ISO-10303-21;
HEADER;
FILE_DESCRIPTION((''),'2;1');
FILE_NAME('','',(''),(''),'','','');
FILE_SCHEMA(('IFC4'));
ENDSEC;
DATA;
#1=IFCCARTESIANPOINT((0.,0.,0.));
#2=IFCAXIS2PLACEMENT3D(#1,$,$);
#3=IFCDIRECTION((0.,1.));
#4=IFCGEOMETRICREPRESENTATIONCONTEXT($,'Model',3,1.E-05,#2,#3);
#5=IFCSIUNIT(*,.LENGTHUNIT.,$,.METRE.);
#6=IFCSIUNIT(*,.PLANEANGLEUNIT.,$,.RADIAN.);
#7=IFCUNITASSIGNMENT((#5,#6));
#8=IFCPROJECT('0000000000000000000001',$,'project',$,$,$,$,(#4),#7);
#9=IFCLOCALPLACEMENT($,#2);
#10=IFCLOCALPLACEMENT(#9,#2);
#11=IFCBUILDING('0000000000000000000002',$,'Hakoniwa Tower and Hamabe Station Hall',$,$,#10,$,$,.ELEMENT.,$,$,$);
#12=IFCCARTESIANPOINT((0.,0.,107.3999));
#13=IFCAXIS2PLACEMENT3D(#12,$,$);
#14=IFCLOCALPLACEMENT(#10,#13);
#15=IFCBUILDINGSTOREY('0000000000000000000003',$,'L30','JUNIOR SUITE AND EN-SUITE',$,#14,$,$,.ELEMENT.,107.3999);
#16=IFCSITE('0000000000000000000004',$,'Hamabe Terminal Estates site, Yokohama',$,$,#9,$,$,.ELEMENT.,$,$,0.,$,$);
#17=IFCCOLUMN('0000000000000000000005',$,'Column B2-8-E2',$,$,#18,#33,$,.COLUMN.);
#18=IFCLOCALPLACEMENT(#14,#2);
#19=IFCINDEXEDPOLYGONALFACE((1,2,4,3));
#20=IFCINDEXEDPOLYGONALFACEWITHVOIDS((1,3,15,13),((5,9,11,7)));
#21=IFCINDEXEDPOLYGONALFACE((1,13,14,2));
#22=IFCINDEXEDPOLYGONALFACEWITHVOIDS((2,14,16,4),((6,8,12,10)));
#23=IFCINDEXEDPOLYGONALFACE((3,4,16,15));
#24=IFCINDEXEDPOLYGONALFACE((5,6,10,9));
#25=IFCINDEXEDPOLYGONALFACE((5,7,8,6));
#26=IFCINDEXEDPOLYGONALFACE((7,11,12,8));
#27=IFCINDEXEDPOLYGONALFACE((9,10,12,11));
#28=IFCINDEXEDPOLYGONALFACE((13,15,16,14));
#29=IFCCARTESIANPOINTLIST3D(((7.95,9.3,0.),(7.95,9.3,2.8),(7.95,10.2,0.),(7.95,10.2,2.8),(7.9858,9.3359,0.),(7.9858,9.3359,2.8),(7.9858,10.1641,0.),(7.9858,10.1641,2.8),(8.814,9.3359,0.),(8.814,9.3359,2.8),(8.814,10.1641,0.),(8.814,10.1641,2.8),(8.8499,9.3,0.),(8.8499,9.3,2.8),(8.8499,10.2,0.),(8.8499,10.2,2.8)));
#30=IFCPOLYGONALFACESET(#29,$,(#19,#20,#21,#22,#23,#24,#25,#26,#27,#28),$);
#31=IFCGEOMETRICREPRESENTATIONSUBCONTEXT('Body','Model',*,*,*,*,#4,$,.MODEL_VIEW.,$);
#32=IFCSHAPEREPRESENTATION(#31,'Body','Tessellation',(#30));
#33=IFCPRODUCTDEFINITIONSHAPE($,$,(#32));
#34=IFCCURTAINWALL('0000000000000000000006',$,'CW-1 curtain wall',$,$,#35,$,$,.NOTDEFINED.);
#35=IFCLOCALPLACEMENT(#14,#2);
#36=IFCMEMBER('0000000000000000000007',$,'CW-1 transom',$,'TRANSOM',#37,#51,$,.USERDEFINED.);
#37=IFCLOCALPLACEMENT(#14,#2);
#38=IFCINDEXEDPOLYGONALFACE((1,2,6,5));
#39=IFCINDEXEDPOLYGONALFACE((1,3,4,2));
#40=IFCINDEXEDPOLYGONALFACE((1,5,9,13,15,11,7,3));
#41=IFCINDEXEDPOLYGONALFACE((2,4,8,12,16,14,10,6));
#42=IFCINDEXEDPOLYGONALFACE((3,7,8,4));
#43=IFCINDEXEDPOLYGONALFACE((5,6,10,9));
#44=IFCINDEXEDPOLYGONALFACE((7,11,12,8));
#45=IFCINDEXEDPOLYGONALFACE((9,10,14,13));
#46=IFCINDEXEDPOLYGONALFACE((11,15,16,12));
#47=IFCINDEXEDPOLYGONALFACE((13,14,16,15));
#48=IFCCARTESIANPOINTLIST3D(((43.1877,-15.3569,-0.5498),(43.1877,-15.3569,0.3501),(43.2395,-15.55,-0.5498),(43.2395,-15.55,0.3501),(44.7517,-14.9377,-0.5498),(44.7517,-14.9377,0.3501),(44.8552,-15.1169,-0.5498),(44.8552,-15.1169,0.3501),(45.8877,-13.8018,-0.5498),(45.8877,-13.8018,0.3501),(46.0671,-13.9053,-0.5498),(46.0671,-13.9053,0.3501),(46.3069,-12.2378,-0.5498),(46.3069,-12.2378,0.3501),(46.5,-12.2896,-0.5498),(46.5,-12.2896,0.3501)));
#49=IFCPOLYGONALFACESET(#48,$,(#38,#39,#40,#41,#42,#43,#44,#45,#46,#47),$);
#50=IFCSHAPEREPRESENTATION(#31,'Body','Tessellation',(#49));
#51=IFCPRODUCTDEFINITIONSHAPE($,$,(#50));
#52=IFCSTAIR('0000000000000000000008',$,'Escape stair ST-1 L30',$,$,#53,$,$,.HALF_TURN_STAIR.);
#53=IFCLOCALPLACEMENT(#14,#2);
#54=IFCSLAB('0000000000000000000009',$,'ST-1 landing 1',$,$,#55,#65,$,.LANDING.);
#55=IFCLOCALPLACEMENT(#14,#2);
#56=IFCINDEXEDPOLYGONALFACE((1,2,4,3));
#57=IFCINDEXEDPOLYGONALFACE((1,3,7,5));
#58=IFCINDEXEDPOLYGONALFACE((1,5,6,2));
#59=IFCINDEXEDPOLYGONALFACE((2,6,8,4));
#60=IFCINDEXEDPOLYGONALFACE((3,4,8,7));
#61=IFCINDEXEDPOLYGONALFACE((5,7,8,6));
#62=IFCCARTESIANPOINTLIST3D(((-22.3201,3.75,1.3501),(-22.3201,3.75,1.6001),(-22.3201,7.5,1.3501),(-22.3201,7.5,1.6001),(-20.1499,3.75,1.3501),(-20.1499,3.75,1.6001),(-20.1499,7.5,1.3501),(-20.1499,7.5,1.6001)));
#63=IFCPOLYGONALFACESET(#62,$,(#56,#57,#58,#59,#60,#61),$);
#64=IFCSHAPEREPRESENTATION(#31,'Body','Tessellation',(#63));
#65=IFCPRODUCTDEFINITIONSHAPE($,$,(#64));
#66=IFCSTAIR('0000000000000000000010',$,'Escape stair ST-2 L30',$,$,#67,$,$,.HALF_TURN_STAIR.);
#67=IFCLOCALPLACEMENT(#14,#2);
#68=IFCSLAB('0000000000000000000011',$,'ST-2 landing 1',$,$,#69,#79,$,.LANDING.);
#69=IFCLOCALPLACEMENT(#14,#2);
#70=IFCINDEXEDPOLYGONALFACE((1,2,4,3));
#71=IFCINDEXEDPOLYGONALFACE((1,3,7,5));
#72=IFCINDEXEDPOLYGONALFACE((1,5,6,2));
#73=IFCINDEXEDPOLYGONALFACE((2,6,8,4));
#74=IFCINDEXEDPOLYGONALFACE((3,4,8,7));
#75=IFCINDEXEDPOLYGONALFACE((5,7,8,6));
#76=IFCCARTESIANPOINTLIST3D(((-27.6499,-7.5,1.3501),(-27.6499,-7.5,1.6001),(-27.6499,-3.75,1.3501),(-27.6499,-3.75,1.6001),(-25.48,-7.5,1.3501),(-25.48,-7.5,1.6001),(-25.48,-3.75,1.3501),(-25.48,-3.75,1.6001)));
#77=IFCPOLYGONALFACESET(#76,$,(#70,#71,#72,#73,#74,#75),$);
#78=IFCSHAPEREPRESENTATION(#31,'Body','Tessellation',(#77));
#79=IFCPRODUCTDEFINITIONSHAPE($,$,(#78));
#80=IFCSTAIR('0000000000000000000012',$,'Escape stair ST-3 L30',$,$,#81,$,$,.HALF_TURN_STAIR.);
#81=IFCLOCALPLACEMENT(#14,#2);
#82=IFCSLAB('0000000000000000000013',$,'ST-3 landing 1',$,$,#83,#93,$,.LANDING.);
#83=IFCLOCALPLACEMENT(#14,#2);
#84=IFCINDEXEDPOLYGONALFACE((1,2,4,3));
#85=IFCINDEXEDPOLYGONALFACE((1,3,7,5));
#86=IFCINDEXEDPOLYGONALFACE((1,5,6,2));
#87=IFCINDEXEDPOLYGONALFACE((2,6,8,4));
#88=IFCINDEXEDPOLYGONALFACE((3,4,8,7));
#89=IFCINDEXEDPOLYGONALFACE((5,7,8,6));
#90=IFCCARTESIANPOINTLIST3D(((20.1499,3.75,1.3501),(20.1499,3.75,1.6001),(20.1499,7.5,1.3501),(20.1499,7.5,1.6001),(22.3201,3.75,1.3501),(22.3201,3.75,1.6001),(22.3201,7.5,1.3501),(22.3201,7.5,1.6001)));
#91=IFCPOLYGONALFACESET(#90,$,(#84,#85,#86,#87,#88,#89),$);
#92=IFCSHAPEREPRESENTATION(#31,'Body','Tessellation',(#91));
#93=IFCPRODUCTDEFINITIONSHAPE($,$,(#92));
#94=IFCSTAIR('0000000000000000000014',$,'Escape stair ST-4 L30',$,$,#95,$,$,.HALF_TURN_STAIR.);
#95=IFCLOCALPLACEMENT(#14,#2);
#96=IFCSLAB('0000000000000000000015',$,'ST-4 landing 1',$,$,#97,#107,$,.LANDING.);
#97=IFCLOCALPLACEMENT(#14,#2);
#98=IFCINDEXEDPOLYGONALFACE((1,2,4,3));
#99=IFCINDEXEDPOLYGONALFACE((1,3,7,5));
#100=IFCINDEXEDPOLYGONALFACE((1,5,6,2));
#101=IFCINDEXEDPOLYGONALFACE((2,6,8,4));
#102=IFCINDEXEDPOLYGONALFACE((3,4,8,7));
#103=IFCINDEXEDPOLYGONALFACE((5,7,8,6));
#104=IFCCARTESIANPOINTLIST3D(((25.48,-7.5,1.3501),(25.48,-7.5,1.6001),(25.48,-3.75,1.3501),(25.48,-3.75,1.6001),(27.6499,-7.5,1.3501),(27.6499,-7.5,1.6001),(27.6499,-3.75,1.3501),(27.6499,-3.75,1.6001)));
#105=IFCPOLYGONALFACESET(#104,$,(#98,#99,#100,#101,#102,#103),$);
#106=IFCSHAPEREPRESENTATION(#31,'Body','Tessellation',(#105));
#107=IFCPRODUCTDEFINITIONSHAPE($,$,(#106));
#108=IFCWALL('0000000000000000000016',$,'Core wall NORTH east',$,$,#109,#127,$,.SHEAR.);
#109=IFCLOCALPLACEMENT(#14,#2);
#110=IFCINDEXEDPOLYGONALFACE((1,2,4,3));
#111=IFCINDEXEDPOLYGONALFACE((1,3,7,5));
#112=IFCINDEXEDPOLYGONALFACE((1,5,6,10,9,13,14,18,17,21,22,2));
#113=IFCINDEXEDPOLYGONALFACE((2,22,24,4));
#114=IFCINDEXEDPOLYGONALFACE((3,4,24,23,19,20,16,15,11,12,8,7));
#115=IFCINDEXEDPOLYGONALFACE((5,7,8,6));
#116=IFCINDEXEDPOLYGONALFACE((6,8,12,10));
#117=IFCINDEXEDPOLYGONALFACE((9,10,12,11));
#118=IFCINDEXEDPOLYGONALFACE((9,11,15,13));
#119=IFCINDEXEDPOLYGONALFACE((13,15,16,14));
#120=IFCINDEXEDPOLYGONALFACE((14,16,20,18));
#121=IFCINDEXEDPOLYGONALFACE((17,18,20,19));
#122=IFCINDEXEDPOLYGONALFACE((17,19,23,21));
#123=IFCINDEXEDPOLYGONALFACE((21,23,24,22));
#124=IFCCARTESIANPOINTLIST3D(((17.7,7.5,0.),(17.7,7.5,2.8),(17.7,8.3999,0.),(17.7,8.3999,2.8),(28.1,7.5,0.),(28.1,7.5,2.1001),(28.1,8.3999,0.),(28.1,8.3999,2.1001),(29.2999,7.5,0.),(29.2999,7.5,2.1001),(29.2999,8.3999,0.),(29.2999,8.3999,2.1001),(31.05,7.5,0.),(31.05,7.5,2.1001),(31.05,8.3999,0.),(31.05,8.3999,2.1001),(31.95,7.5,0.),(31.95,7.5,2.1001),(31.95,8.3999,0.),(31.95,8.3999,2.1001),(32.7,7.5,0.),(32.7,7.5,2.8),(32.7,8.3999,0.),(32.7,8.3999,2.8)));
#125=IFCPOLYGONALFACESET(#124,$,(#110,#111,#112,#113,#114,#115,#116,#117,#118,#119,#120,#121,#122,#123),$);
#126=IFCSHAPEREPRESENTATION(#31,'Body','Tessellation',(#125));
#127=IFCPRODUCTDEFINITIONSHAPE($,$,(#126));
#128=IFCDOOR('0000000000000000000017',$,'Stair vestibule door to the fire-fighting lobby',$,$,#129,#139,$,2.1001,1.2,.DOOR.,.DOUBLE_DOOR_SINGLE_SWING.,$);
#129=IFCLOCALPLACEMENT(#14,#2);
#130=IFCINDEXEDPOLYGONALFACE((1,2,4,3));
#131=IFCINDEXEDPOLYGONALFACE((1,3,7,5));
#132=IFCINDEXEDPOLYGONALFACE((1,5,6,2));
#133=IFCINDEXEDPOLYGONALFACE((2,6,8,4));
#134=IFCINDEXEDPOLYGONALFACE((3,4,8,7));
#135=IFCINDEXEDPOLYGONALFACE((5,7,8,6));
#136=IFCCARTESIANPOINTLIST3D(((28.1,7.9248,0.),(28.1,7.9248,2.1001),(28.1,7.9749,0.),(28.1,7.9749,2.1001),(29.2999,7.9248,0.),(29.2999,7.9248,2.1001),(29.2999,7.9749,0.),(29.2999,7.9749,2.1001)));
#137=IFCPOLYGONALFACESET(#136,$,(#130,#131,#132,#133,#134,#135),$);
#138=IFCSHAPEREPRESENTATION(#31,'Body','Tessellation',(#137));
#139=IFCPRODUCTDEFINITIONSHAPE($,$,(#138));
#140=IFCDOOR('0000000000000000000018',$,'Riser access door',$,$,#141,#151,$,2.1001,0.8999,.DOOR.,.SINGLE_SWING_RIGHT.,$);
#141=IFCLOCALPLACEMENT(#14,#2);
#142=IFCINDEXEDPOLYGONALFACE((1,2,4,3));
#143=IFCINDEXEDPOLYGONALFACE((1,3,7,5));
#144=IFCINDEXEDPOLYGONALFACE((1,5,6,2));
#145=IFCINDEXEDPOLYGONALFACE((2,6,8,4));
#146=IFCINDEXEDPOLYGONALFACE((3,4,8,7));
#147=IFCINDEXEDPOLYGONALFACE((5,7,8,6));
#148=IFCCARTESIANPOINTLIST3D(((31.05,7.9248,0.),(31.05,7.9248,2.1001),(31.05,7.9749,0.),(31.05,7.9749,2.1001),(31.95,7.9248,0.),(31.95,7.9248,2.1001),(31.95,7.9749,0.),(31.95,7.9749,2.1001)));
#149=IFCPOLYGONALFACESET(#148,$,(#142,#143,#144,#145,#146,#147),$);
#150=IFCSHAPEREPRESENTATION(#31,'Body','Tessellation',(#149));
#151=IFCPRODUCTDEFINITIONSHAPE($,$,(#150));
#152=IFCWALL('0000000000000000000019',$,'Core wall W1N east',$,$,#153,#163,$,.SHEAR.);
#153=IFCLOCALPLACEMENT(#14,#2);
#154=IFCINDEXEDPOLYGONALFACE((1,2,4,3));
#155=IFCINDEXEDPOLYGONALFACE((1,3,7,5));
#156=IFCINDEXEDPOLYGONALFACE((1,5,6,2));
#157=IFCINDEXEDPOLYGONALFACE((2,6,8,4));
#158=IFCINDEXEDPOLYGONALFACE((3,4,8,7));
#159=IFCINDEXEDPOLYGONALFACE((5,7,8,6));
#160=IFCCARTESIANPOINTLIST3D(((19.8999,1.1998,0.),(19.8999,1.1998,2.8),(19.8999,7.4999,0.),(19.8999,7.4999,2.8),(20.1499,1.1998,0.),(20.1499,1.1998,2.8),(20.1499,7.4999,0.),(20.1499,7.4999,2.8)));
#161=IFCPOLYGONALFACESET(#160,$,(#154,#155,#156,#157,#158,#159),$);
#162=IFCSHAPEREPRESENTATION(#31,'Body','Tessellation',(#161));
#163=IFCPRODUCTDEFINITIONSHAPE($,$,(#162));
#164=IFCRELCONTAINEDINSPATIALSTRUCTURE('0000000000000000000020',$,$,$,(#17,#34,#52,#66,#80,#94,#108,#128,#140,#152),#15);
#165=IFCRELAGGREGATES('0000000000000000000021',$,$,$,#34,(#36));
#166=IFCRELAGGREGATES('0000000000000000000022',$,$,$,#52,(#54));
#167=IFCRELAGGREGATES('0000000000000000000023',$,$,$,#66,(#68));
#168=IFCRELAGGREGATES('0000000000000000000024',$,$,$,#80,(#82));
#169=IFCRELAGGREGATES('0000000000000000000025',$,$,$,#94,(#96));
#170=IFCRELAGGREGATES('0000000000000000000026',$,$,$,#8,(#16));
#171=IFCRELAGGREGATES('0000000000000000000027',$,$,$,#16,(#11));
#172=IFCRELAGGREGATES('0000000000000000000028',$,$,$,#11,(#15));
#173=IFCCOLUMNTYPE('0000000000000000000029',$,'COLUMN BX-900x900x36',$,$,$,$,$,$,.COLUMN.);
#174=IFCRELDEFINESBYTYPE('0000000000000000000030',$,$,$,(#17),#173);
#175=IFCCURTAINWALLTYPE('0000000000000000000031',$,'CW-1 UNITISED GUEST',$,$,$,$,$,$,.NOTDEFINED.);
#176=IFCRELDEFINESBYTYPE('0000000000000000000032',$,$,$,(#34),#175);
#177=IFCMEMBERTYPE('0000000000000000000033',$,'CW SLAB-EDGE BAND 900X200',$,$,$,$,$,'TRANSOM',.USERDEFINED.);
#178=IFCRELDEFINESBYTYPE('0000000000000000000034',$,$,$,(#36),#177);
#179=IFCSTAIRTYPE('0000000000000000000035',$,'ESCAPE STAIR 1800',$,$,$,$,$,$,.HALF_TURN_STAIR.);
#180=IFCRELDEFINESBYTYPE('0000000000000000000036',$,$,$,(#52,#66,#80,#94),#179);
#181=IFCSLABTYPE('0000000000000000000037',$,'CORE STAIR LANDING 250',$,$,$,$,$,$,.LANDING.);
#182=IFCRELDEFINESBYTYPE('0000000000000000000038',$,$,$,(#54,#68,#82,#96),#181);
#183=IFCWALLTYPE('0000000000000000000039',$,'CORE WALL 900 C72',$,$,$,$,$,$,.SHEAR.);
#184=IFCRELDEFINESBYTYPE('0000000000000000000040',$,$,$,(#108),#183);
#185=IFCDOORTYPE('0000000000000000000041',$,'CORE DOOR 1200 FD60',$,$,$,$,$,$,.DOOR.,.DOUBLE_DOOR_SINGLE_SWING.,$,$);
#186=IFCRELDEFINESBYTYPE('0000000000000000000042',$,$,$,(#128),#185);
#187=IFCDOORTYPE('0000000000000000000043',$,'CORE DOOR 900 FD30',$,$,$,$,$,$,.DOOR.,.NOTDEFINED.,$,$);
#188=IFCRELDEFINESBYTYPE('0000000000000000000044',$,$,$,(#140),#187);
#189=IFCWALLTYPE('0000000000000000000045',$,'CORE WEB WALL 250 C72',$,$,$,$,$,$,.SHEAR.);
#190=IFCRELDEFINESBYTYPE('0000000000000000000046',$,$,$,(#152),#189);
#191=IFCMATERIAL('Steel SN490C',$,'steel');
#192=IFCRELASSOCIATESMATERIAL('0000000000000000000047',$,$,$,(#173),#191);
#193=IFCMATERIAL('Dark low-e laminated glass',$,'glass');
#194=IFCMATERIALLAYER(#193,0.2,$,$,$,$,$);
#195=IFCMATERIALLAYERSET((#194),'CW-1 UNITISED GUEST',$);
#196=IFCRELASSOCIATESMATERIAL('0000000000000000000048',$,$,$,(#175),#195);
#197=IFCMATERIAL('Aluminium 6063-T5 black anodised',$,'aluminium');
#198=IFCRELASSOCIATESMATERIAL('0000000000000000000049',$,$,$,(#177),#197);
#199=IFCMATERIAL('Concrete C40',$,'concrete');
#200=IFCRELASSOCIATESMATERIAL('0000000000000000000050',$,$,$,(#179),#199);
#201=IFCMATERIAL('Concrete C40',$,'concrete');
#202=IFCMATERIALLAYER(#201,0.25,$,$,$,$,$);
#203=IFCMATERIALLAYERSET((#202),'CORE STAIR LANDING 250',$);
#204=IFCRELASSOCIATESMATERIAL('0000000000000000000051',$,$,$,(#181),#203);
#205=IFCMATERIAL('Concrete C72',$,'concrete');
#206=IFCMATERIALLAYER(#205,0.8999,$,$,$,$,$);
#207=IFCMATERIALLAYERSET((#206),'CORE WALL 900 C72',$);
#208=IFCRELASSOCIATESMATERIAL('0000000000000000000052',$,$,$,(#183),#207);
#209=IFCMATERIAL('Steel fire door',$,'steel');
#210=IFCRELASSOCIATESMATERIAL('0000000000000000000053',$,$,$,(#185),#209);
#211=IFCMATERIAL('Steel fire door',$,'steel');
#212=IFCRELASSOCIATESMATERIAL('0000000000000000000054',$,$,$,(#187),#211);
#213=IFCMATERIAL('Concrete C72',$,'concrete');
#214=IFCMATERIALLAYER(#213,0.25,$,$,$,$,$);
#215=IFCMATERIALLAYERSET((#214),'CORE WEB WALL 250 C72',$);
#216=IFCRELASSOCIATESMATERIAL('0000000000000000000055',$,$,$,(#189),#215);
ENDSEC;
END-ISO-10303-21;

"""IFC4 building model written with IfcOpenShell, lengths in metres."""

from ifc_helpers import new_model, si_unit, direction, frame, frame_2d, origin, origin_2d, place, context, subcontext, project, spatial, polyline, rectangle, hollow_rectangle, outline, extrude, material, layer, layer_set, material_profile, profile_set, type_object, element, fill, aggregate, save


model = new_model("IFC4")

# Units and contexts
model_context = context("Model", 3, precision=1e-05, world=origin(), true_north=direction((0.0, 1.0)))
body_context = subcontext(model_context, "Body", "Model", "MODEL_VIEW")
ifc_project = project(units=[si_unit("LENGTHUNIT", "METRE"), si_unit("PLANEANGLEUNIT", "RADIAN")], contexts=[model_context])

# Site, building, storey
site_placement = place(None, origin())
site = spatial("IfcSite", under=ifc_project, at=site_placement, Name="Hamabe Terminal Estates site, Yokohama", CompositionType="ELEMENT", RefElevation=0.0)
building_placement = place(site_placement, origin())
building = spatial("IfcBuilding", under=site, at=building_placement, Name="Hakoniwa Tower and Hamabe Station Hall", CompositionType="ELEMENT")
storey_placement = place(building_placement, frame((0.0, 0.0, 107.3999)))
storey = spatial("IfcBuildingStorey", under=building, at=storey_placement, Name="L30", Description="JUNIOR SUITE AND EN-SUITE", CompositionType="ELEMENT", Elevation=107.3999)

# Column
ifc_material_1 = material(Name="Steel SN490C", Category="steel")
ifc_material_profile_1 = material_profile(ifc_material_1, hollow_rectangle(XDim=0.8999, YDim=0.8999, WallThickness=0.0359, at=origin_2d()), Name="BX-900x900x36")
ifc_profile_set_1 = profile_set([ifc_material_profile_1], Name="Steel SN490C")
column_type = type_object("IfcColumnType", Name="COLUMN BX-900x900x36", PredefinedType="COLUMN", material=ifc_profile_set_1)
column_placement = place(storey_placement, frame((8.3999, 9.75, 0.0), z_axis=(0.0, 0.0, 1.0), x_axis=(1.0, 0.0, 0.0)))
element("IfcColumn", 1, at=column_placement, inside=storey, type_object=column_type, Name="Column B2-8-E2", PredefinedType="COLUMN", context=body_context, shape_type="SweptSolid", body=[
    extrude(hollow_rectangle(XDim=0.8999, YDim=0.8999, WallThickness=0.0359, at=origin_2d()), origin(), (0.0, 0.0, 1.0), 2.8),
])

# Curtain wall, member
ifc_material_2 = material(Name="Dark low-e laminated glass", Category="glass")
ifc_layer_1 = layer(ifc_material_2, 0.2)
ifc_layer_set_1 = layer_set([ifc_layer_1], Name="CW-1 UNITISED GUEST")
curtain_wall_type = type_object("IfcCurtainWallType", Name="CW-1 UNITISED GUEST", PredefinedType="NOTDEFINED", material=ifc_layer_set_1)
curtain_wall_placement = place(storey_placement, origin())
curtain_wall = element("IfcCurtainWall", 2, at=curtain_wall_placement, inside=storey, type_object=curtain_wall_type, Name="CW-1 curtain wall", PredefinedType="NOTDEFINED")
ifc_material_3 = material(Name="Aluminium 6063-T5 black anodised", Category="aluminium")
ifc_material_profile_2 = material_profile(ifc_material_3, rectangle(XDim=0.2, YDim=0.8999, at=origin_2d()), Name="CW SLAB-EDGE BAND 900X200")
ifc_profile_set_2 = profile_set([ifc_material_profile_2], Name="Aluminium 6063-T5 black anodised")
member_type = type_object("IfcMemberType", Name="CW SLAB-EDGE BAND 900X200", ElementType="TRANSOM", PredefinedType="USERDEFINED", material=ifc_profile_set_2)
member_placement = place(storey_placement, frame((0.0, 0.0, -0.5498)))
member = element("IfcMember", 3, at=member_placement, type_object=member_type, Name="CW-1 transom", ObjectType="TRANSOM", PredefinedType="USERDEFINED", context=body_context, shape_type="SweptSolid", body=[
    extrude(outline(polyline([(43.2395, -15.55), (44.8552, -15.1169), (46.0671, -13.9053), (46.5, -12.2896), (46.3069, -12.2378), (45.8877, -13.8018), (44.7517, -14.9377), (43.1877, -15.3569), (43.2395, -15.55)])), origin(), (0.0, 0.0, 1.0), 0.8999),
])
aggregate(curtain_wall, [member])

# Stairs, slabs
ifc_material_4 = material(Name="Concrete C40", Category="concrete")
stair_type = type_object("IfcStairType", Name="ESCAPE STAIR 1800", PredefinedType="HALF_TURN_STAIR", material=ifc_material_4)
stair_1_placement = place(storey_placement, origin())
stair_1 = element("IfcStair", 4, at=stair_1_placement, inside=storey, type_object=stair_type, Name="Escape stair ST-1 L30", PredefinedType="HALF_TURN_STAIR")
ifc_material_5 = material(Name="Concrete C40", Category="concrete")
ifc_layer_2 = layer(ifc_material_5, 0.25)
ifc_layer_set_2 = layer_set([ifc_layer_2], Name="CORE STAIR LANDING 250")
slab_type = type_object("IfcSlabType", Name="CORE STAIR LANDING 250", PredefinedType="LANDING", material=ifc_layer_set_2)
slab_1_placement = place(storey_placement, frame((0.0, 0.0, 1.3501)))
slab_1 = element("IfcSlab", 5, at=slab_1_placement, type_object=slab_type, Name="ST-1 landing 1", PredefinedType="LANDING", context=body_context, shape_type="SweptSolid", body=[
    extrude(outline(polyline([(-22.3201, 3.75), (-20.1499, 3.75), (-20.1499, 7.5), (-22.3201, 7.5), (-22.3201, 3.75)])), origin(), (0.0, 0.0, 1.0), 0.25),
])
aggregate(stair_1, [slab_1])
stair_2_placement = place(storey_placement, origin())
stair_2 = element("IfcStair", 6, at=stair_2_placement, inside=storey, type_object=stair_type, Name="Escape stair ST-2 L30", PredefinedType="HALF_TURN_STAIR")
slab_2_placement = place(storey_placement, frame((0.0, 0.0, 1.3501)))
slab_2 = element("IfcSlab", 7, at=slab_2_placement, type_object=slab_type, Name="ST-2 landing 1", PredefinedType="LANDING", context=body_context, shape_type="SweptSolid", body=[
    extrude(outline(polyline([(-25.48, -7.5), (-27.6499, -7.5), (-27.6499, -3.75), (-25.48, -3.75), (-25.48, -7.5)])), origin(), (0.0, 0.0, 1.0), 0.25),
])
aggregate(stair_2, [slab_2])
stair_3_placement = place(storey_placement, origin())
stair_3 = element("IfcStair", 8, at=stair_3_placement, inside=storey, type_object=stair_type, Name="Escape stair ST-3 L30", PredefinedType="HALF_TURN_STAIR")
slab_3_placement = place(storey_placement, frame((0.0, 0.0, 1.3501)))
slab_3 = element("IfcSlab", 9, at=slab_3_placement, type_object=slab_type, Name="ST-3 landing 1", PredefinedType="LANDING", context=body_context, shape_type="SweptSolid", body=[
    extrude(outline(polyline([(22.3201, 3.75), (20.1499, 3.75), (20.1499, 7.5), (22.3201, 7.5), (22.3201, 3.75)])), origin(), (0.0, 0.0, 1.0), 0.25),
])
aggregate(stair_3, [slab_3])
stair_4_placement = place(storey_placement, origin())
stair_4 = element("IfcStair", 10, at=stair_4_placement, inside=storey, type_object=stair_type, Name="Escape stair ST-4 L30", PredefinedType="HALF_TURN_STAIR")
slab_4_placement = place(storey_placement, frame((0.0, 0.0, 1.3501)))
slab_4 = element("IfcSlab", 11, at=slab_4_placement, type_object=slab_type, Name="ST-4 landing 1", PredefinedType="LANDING", context=body_context, shape_type="SweptSolid", body=[
    extrude(outline(polyline([(25.48, -7.5), (27.6499, -7.5), (27.6499, -3.75), (25.48, -3.75), (25.48, -7.5)])), origin(), (0.0, 0.0, 1.0), 0.25),
])
aggregate(stair_4, [slab_4])

# Wall, openings, doors
ifc_material_6 = material(Name="Concrete C72", Category="concrete")
ifc_layer_3 = layer(ifc_material_6, 0.8999)
ifc_layer_set_3 = layer_set([ifc_layer_3], Name="CORE WALL 900 C72")
wall_type_1 = type_object("IfcWallType", Name="CORE WALL 900 C72", PredefinedType="SHEAR", material=ifc_layer_set_3)
wall_1_placement = place(storey_placement, frame((17.7, 7.95, 0.0), z_axis=(0.0, 0.0, 1.0), x_axis=(1.0, 0.0, 0.0)))
wall_1 = element("IfcWall", 12, at=wall_1_placement, inside=storey, type_object=wall_type_1, Name="Core wall NORTH east", PredefinedType="SHEAR", context=body_context, shape_type="SweptSolid", body=[
    extrude(rectangle(XDim=15.0, YDim=0.8999, at=frame_2d((7.5, 0.0))), origin(), (0.0, 0.0, 1.0), 2.8),
])
opening_1_placement = place(wall_1_placement, frame((10.3999, 0.0, 0.0)))
opening_1 = element("IfcOpeningElement", 13, at=opening_1_placement, cuts=wall_1, PredefinedType="OPENING", context=body_context, shape_type="SweptSolid", body=[
    extrude(rectangle(XDim=1.2, YDim=2.1001, at=frame_2d((0.6001, 1.05))), frame((0.0, 0.46, 0.0), z_axis=(0.0, -1.0, 0.0), x_axis=(1.0, 0.0, 0.0)), (0.0, 0.0, 1.0), 0.9199),
])
opening_2_placement = place(wall_1_placement, frame((13.3501, 0.0, 0.0)))
opening_2 = element("IfcOpeningElement", 14, at=opening_2_placement, cuts=wall_1, PredefinedType="OPENING", context=body_context, shape_type="SweptSolid", body=[
    extrude(rectangle(XDim=0.8999, YDim=2.1001, at=frame_2d((0.45, 1.05))), frame((0.0, 0.46, 0.0), z_axis=(0.0, -1.0, 0.0), x_axis=(1.0, 0.0, 0.0)), (0.0, 0.0, 1.0), 0.9199),
])
ifc_material_7 = material(Name="Steel fire door", Category="steel")
door_type_1 = type_object("IfcDoorType", Name="CORE DOOR 1200 FD60", OperationType="DOUBLE_DOOR_SINGLE_SWING", PredefinedType="DOOR", material=ifc_material_7)
door_1_placement = place(opening_1_placement, origin())
door_1 = element("IfcDoor", 15, at=door_1_placement, inside=storey, type_object=door_type_1, Name="Stair vestibule door to the fire-fighting lobby", OperationType="DOUBLE_DOOR_SINGLE_SWING", OverallHeight=2.1001, OverallWidth=1.2, PredefinedType="DOOR", context=body_context, shape_type="SweptSolid", body=[
    extrude(rectangle(XDim=1.2, YDim=2.1001, at=frame_2d((0.6001, 1.05))), frame((0.0, 0.0249, 0.0), z_axis=(0.0, -1.0, 0.0), x_axis=(1.0, 0.0, 0.0)), (0.0, 0.0, 1.0), 0.05),
])
fill(opening_1, door_1)
ifc_material_8 = material(Name="Steel fire door", Category="steel")
door_type_2 = type_object("IfcDoorType", Name="CORE DOOR 900 FD30", OperationType="NOTDEFINED", PredefinedType="DOOR", material=ifc_material_8)
door_2_placement = place(opening_2_placement, origin())
door_2 = element("IfcDoor", 16, at=door_2_placement, inside=storey, type_object=door_type_2, Name="Riser access door", OperationType="SINGLE_SWING_RIGHT", OverallHeight=2.1001, OverallWidth=0.8999, PredefinedType="DOOR", context=body_context, shape_type="SweptSolid", body=[
    extrude(rectangle(XDim=0.8999, YDim=2.1001, at=frame_2d((0.45, 1.05))), frame((0.0, 0.0249, 0.0), z_axis=(0.0, -1.0, 0.0), x_axis=(1.0, 0.0, 0.0)), (0.0, 0.0, 1.0), 0.05),
])
fill(opening_2, door_2)

# Wall
ifc_material_9 = material(Name="Concrete C72", Category="concrete")
ifc_layer_4 = layer(ifc_material_9, 0.25)
ifc_layer_set_4 = layer_set([ifc_layer_4], Name="CORE WEB WALL 250 C72")
wall_type_2 = type_object("IfcWallType", Name="CORE WEB WALL 250 C72", PredefinedType="SHEAR", material=ifc_layer_set_4)
wall_2_placement = place(storey_placement, frame((20.0249, 1.2, 0.0), z_axis=(0.0, 0.0, 1.0), x_axis=(0.0, 1.0, 0.0)))
element("IfcWall", 17, at=wall_2_placement, inside=storey, type_object=wall_type_2, Name="Core wall W1N east", PredefinedType="SHEAR", context=body_context, shape_type="SweptSolid", body=[
    extrude(rectangle(XDim=6.3, YDim=0.25, at=frame_2d((3.1499, 0.0))), origin(), (0.0, 0.0, 1.0), 2.8),
])

save(model, "model.ifc")
